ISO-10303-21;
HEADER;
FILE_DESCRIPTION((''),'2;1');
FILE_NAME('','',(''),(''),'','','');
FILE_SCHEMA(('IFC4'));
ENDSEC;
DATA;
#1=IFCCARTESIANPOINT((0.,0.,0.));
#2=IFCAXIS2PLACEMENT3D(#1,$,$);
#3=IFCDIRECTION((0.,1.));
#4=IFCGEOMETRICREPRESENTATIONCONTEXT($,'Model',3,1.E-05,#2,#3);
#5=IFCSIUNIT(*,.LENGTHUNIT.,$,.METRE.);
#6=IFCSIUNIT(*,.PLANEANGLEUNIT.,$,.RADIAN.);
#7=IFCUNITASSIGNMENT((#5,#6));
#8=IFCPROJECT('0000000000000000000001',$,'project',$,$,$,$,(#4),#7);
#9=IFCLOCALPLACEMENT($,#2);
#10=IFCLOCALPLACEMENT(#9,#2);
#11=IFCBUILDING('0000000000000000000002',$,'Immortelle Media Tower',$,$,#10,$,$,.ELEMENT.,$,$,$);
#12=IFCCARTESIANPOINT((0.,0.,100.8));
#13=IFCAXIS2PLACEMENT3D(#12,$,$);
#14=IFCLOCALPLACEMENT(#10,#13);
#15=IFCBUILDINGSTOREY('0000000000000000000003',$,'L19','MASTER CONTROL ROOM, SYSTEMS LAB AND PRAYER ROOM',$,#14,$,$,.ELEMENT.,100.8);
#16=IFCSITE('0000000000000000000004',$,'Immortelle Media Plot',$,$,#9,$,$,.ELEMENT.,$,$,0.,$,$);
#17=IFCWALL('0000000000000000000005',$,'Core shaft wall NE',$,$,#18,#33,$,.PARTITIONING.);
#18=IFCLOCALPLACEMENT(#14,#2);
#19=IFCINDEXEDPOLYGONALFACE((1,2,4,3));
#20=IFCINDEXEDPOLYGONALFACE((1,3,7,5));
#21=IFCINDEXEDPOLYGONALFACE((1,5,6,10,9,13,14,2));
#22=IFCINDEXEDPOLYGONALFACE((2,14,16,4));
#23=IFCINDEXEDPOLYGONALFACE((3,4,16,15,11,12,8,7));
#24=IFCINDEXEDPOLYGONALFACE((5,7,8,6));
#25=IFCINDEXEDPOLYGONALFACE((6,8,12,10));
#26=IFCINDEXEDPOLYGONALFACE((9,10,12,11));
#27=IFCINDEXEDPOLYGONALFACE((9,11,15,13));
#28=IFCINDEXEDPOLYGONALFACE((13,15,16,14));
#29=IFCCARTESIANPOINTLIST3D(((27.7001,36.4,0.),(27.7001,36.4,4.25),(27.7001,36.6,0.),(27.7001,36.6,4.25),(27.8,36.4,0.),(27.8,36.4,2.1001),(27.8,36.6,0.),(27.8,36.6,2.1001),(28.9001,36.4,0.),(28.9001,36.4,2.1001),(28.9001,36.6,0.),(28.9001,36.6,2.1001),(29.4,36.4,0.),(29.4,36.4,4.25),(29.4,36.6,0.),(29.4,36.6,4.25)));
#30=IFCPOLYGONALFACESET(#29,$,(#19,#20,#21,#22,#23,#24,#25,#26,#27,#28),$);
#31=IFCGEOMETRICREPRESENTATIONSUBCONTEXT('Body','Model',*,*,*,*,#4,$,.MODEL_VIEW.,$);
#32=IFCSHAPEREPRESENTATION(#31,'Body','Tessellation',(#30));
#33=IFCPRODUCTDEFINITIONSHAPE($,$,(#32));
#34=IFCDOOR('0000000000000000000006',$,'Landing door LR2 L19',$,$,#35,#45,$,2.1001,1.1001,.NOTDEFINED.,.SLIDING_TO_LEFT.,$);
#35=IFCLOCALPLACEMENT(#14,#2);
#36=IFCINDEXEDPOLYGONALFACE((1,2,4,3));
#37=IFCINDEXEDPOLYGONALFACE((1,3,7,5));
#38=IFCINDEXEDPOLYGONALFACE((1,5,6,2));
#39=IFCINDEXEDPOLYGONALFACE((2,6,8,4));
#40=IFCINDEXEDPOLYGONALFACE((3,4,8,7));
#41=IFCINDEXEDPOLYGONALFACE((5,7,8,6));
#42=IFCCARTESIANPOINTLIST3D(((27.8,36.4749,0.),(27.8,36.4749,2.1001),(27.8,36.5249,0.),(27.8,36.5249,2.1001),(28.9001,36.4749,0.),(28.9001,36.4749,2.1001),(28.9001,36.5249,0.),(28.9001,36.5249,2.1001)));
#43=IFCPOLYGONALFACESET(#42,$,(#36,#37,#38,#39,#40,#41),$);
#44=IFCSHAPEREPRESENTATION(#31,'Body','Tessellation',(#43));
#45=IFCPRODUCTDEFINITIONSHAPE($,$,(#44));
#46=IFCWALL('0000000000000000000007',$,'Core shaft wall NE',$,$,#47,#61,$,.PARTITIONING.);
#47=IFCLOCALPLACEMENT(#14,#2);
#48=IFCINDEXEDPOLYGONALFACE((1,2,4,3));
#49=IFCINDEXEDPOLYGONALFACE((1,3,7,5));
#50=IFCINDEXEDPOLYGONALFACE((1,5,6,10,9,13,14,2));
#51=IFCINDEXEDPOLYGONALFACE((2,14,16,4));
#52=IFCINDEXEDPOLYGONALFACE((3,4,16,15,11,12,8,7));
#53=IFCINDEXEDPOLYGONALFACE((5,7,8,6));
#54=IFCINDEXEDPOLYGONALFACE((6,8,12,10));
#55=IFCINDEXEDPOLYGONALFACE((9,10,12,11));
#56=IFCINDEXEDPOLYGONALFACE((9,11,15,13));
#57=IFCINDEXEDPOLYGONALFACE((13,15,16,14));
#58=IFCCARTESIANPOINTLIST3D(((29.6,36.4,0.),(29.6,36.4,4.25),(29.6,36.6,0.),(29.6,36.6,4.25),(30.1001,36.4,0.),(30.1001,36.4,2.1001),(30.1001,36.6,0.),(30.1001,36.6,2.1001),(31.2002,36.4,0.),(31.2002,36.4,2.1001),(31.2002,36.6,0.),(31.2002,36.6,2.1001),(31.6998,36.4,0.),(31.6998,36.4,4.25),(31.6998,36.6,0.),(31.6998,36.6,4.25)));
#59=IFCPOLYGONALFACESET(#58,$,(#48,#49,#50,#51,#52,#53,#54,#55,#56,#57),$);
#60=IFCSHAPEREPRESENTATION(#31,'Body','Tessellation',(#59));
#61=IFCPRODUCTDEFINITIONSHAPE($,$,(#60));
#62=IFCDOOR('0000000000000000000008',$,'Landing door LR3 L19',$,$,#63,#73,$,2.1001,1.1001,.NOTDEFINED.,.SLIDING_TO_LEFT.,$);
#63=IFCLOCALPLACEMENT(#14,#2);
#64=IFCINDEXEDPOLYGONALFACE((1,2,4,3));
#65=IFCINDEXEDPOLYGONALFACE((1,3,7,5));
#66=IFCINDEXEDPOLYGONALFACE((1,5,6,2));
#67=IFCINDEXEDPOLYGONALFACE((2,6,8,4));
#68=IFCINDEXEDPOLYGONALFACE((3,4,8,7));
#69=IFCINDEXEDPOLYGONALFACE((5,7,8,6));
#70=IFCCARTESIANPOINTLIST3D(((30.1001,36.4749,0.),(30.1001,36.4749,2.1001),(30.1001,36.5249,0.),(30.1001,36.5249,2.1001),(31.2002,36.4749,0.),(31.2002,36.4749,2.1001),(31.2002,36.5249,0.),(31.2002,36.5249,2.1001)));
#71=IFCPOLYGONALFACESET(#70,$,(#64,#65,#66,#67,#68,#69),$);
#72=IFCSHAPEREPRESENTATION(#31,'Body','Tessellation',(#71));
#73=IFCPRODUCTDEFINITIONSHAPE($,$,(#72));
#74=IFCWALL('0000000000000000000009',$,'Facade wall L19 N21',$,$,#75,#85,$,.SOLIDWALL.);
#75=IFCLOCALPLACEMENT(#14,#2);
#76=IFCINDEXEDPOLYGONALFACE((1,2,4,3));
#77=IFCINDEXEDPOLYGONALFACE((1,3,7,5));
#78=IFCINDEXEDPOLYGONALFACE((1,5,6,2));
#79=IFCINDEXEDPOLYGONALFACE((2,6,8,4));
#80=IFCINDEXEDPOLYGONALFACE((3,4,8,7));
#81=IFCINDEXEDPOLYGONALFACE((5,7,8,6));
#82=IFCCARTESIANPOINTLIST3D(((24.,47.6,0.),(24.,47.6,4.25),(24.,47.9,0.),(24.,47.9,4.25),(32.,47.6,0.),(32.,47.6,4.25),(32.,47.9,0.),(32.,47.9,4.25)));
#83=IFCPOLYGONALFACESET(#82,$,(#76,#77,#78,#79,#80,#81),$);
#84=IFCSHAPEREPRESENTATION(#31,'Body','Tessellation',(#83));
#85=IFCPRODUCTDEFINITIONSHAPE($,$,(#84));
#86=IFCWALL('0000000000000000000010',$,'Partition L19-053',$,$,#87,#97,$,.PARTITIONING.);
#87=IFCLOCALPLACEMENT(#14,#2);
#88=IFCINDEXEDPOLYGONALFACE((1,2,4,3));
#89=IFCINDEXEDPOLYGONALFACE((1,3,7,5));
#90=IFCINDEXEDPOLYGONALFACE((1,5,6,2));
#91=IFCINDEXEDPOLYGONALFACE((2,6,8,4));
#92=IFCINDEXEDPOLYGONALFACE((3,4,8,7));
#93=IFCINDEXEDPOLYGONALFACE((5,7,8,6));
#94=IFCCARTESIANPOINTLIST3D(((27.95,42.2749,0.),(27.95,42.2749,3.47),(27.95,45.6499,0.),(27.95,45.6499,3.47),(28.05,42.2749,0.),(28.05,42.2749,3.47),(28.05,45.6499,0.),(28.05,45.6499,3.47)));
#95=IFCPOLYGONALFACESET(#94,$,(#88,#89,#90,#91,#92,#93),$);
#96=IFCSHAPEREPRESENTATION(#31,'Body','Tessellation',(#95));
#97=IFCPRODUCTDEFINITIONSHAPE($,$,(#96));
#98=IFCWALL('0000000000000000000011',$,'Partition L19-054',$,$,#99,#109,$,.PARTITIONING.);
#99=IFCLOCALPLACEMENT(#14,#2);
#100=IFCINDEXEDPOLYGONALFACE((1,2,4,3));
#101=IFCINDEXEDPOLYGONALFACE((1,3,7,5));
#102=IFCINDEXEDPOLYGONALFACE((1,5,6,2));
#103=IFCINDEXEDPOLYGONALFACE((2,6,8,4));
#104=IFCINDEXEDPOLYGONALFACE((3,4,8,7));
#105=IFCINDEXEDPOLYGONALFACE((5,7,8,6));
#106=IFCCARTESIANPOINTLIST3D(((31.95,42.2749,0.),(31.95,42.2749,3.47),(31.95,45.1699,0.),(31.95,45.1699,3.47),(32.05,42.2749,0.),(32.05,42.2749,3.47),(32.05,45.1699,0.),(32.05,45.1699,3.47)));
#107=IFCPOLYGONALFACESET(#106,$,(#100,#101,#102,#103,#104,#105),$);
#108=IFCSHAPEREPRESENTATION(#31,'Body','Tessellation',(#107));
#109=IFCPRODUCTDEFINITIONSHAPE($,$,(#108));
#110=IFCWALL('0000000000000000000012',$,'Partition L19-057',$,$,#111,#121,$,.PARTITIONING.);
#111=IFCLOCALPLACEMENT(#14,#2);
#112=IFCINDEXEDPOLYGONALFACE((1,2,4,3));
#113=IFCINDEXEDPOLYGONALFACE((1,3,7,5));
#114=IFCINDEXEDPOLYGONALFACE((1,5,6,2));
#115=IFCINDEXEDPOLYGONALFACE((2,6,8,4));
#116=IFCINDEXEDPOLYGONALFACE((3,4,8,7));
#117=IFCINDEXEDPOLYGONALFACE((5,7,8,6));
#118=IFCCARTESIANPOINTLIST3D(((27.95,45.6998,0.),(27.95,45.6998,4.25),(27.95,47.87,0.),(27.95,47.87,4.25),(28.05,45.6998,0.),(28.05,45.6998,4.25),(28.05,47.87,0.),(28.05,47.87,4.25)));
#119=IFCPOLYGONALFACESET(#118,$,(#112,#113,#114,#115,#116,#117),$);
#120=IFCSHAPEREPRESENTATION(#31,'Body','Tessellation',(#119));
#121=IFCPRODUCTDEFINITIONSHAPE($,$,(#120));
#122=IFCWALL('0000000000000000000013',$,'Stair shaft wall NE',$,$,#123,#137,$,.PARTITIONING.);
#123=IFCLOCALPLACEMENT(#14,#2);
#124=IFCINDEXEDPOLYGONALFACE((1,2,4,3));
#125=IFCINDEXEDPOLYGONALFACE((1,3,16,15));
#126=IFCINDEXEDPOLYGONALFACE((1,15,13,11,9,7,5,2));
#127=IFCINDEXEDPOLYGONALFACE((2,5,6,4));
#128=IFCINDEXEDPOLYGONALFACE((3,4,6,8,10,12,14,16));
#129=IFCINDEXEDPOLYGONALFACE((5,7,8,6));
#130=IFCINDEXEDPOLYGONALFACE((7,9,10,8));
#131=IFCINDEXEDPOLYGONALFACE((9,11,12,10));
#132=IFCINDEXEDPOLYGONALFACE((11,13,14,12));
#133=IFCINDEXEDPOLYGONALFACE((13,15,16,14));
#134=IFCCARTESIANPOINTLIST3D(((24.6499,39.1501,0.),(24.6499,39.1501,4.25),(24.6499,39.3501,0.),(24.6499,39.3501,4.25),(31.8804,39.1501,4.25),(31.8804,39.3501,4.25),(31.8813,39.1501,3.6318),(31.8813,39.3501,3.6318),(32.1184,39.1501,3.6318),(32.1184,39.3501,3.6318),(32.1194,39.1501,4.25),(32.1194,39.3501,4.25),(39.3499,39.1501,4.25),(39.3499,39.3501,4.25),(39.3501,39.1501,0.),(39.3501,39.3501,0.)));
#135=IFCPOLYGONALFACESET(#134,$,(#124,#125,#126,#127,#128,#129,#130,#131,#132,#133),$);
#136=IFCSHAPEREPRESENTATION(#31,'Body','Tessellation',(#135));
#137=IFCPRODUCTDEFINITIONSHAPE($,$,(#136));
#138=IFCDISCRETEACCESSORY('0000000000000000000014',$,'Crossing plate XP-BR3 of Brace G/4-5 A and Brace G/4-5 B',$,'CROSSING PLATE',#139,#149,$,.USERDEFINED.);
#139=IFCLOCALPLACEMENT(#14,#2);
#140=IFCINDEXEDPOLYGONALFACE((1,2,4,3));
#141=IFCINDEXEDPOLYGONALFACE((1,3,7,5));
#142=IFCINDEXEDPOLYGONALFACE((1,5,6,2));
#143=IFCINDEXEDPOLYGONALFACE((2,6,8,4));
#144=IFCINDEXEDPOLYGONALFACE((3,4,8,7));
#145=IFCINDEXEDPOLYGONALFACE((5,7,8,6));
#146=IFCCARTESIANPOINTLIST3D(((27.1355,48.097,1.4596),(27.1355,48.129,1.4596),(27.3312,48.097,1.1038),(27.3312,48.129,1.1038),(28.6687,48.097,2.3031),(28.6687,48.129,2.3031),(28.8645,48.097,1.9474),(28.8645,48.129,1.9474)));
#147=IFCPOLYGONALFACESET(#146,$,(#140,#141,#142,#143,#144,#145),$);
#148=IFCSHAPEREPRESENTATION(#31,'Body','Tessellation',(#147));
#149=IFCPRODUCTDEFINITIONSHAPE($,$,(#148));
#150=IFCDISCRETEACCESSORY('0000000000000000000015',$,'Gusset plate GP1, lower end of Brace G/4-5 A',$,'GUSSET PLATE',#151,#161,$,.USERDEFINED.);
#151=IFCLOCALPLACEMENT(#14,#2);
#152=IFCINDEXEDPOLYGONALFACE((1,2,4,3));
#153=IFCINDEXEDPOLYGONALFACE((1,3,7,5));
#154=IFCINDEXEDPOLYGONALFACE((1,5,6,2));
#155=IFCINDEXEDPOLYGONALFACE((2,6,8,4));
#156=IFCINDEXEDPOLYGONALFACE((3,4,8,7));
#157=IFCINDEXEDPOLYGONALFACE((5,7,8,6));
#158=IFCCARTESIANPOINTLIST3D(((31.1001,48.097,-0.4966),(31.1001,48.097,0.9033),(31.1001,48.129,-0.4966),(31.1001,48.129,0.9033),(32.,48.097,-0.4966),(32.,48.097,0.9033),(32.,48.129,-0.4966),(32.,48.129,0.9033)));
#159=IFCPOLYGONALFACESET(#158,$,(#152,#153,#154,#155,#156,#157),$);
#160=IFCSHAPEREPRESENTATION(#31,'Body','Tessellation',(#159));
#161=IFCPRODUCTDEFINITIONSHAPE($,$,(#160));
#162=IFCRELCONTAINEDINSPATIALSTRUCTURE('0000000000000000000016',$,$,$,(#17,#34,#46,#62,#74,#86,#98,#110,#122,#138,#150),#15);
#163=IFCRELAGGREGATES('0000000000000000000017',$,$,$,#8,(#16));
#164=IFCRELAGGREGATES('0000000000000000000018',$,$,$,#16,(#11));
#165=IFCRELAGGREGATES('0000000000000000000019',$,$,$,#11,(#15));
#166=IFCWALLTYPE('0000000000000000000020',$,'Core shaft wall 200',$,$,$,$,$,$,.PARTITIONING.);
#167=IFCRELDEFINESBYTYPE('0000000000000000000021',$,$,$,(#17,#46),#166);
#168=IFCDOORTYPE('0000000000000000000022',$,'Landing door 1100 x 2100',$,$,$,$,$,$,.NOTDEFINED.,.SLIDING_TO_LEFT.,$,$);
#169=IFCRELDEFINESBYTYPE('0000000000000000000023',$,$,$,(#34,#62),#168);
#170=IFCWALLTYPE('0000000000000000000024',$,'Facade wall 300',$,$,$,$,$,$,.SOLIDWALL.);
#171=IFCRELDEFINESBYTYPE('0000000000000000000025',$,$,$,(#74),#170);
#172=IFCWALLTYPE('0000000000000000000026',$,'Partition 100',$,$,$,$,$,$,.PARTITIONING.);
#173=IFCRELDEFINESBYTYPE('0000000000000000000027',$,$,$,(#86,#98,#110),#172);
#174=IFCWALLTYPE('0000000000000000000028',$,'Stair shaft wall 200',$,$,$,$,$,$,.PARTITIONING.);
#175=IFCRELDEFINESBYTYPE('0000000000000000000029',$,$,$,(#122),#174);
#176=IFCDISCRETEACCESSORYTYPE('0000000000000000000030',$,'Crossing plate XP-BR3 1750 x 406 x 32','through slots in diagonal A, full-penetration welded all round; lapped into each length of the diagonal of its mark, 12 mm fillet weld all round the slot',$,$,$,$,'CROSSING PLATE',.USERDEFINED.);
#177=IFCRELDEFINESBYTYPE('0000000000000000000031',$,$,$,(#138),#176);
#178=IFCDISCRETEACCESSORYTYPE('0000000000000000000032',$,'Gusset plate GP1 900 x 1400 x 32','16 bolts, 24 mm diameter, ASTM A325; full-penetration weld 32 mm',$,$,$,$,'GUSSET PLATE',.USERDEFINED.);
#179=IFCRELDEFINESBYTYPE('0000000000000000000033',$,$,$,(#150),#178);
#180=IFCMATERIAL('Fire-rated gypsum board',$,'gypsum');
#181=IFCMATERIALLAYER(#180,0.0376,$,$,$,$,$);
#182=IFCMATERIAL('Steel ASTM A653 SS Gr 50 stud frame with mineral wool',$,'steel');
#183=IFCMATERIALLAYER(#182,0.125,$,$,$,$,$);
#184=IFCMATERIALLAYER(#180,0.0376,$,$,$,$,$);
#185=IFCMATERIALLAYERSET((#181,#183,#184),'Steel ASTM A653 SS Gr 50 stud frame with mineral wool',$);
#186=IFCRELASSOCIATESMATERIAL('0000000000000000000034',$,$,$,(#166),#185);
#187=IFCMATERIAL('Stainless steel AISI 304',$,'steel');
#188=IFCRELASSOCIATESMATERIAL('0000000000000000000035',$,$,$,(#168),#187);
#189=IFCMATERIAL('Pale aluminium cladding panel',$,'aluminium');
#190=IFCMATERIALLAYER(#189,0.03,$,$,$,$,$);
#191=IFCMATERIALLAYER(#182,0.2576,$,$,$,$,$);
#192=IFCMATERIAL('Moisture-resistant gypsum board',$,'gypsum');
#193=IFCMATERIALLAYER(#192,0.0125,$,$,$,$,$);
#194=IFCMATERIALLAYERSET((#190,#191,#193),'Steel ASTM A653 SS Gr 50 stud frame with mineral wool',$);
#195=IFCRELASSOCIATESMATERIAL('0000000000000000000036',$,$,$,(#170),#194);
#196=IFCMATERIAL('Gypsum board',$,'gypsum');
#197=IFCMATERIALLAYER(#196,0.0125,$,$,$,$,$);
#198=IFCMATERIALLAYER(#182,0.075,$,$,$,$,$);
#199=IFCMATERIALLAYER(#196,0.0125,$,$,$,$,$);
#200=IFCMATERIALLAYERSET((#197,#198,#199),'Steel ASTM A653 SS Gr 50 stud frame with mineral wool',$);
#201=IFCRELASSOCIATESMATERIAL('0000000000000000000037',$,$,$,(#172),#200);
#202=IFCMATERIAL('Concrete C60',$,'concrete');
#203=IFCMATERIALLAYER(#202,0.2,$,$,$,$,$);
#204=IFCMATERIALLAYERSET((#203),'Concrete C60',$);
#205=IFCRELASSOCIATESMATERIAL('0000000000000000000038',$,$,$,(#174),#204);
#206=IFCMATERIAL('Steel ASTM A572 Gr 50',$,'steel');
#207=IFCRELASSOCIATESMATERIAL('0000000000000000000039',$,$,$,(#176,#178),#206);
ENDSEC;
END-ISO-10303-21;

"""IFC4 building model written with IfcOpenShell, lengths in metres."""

from ifc_helpers import new_model, si_unit, direction, frame, frame_2d, origin, origin_2d, place, context, subcontext, project, spatial, polyline, rectangle, outline, extrude, material, layer, layer_set, material_profile, profile_set, type_object, element, fill, save


model = new_model("IFC4")

# Units and contexts
model_context = context("Model", 3, precision=1e-05, world=origin(), true_north=direction((0.0, 1.0)))
body_context = subcontext(model_context, "Body", "Model", "MODEL_VIEW")
ifc_project = project(units=[si_unit("LENGTHUNIT", "METRE"), si_unit("PLANEANGLEUNIT", "RADIAN")], contexts=[model_context])

# Site, building, storey
site_placement = place(None, origin())
site = spatial("IfcSite", under=ifc_project, at=site_placement, Name="Immortelle Media Plot", CompositionType="ELEMENT", RefElevation=0.0)
building_placement = place(site_placement, origin())
building = spatial("IfcBuilding", under=site, at=building_placement, Name="Immortelle Media Tower", CompositionType="ELEMENT")
storey_placement = place(building_placement, frame((0.0, 0.0, 100.8)))
storey = spatial("IfcBuildingStorey", under=building, at=storey_placement, Name="L19", Description="MASTER CONTROL ROOM, SYSTEMS LAB AND PRAYER ROOM", CompositionType="ELEMENT", Elevation=100.8)

# Shared definitions
ifc_material_1 = material(Name="Fire-rated gypsum board", Category="gypsum")
ifc_layer_1 = layer(ifc_material_1, 0.0376)
ifc_material_2 = material(Name="Steel ASTM A653 SS Gr 50 stud frame with mineral wool", Category="steel")
ifc_layer_2 = layer(ifc_material_2, 0.125)
ifc_layer_3 = layer(ifc_material_1, 0.0376)
ifc_layer_set_1 = layer_set([ifc_layer_1, ifc_layer_2, ifc_layer_3], Name="Steel ASTM A653 SS Gr 50 stud frame with mineral wool")
wall_type_1 = type_object("IfcWallType", Name="Core shaft wall 200", PredefinedType="PARTITIONING", material=ifc_layer_set_1)

# Walls, openings, doors
wall_1_placement = place(storey_placement, frame((27.7, 36.5, 0.0), z_axis=(0.0, 0.0, 1.0), x_axis=(1.0, 0.0, 0.0)))
wall_1 = element("IfcWall", 1, at=wall_1_placement, inside=storey, type_object=wall_type_1, Name="Core shaft wall NE", PredefinedType="PARTITIONING", context=body_context, shape_type="SweptSolid", body=[
    extrude(rectangle(XDim=1.7, YDim=0.2, at=frame_2d((0.8501, 0.0))), origin(), (0.0, 0.0, 1.0), 4.25),
])
opening_1_placement = place(wall_1_placement, frame((0.1001, 0.0, 0.0)))
opening_1 = element("IfcOpeningElement", 2, at=opening_1_placement, cuts=wall_1, PredefinedType="OPENING", context=body_context, shape_type="SweptSolid", body=[
    extrude(rectangle(XDim=1.1001, YDim=2.1001, at=frame_2d((0.55, 1.05))), frame((0.0, 0.1099, 0.0), z_axis=(0.0, -1.0, 0.0), x_axis=(1.0, 0.0, 0.0)), (0.0, 0.0, 1.0), 0.22),
])
ifc_material_3 = material(Name="Stainless steel AISI 304", Category="steel")
door_type = type_object("IfcDoorType", Name="Landing door 1100 x 2100", OperationType="SLIDING_TO_LEFT", PredefinedType="NOTDEFINED", material=ifc_material_3)
door_1_placement = place(opening_1_placement, origin())
door_1 = element("IfcDoor", 3, at=door_1_placement, inside=storey, type_object=door_type, Name="Landing door LR2 L19", OperationType="SLIDING_TO_LEFT", OverallHeight=2.1001, OverallWidth=1.1001, PredefinedType="NOTDEFINED", context=body_context, shape_type="SweptSolid", body=[
    extrude(rectangle(XDim=1.1001, YDim=2.1001, at=frame_2d((0.55, 1.05))), frame((0.0, 0.0249, 0.0), z_axis=(0.0, -1.0, 0.0), x_axis=(1.0, 0.0, 0.0)), (0.0, 0.0, 1.0), 0.05),
])
fill(opening_1, door_1)
wall_2_placement = place(storey_placement, frame((29.6001, 36.5, 0.0), z_axis=(0.0, 0.0, 1.0), x_axis=(1.0, 0.0, 0.0)))
wall_2 = element("IfcWall", 4, at=wall_2_placement, inside=storey, type_object=wall_type_1, Name="Core shaft wall NE", PredefinedType="PARTITIONING", context=body_context, shape_type="SweptSolid", body=[
    extrude(rectangle(XDim=2.0999, YDim=0.2, at=frame_2d((1.0498, 0.0))), origin(), (0.0, 0.0, 1.0), 4.25),
])
opening_2_placement = place(wall_2_placement, frame((0.5, 0.0, 0.0)))
opening_2 = element("IfcOpeningElement", 5, at=opening_2_placement, cuts=wall_2, PredefinedType="OPENING", context=body_context, shape_type="SweptSolid", body=[
    extrude(rectangle(XDim=1.1001, YDim=2.1001, at=frame_2d((0.55, 1.05))), frame((0.0, 0.1099, 0.0), z_axis=(0.0, -1.0, 0.0), x_axis=(1.0, 0.0, 0.0)), (0.0, 0.0, 1.0), 0.22),
])
door_2_placement = place(opening_2_placement, origin())
door_2 = element("IfcDoor", 6, at=door_2_placement, inside=storey, type_object=door_type, Name="Landing door LR3 L19", OperationType="SLIDING_TO_LEFT", OverallHeight=2.1001, OverallWidth=1.1001, PredefinedType="NOTDEFINED", context=body_context, shape_type="SweptSolid", body=[
    extrude(rectangle(XDim=1.1001, YDim=2.1001, at=frame_2d((0.55, 1.05))), frame((0.0, 0.0249, 0.0), z_axis=(0.0, -1.0, 0.0), x_axis=(1.0, 0.0, 0.0)), (0.0, 0.0, 1.0), 0.05),
])
fill(opening_2, door_2)

# Walls
ifc_material_4 = material(Name="Pale aluminium cladding panel", Category="aluminium")
ifc_layer_4 = layer(ifc_material_4, 0.03)
ifc_layer_5 = layer(ifc_material_2, 0.2576)
ifc_material_5 = material(Name="Moisture-resistant gypsum board", Category="gypsum")
ifc_layer_6 = layer(ifc_material_5, 0.0125)
ifc_layer_set_2 = layer_set([ifc_layer_4, ifc_layer_5, ifc_layer_6], Name="Steel ASTM A653 SS Gr 50 stud frame with mineral wool")
wall_type_2 = type_object("IfcWallType", Name="Facade wall 300", PredefinedType="SOLIDWALL", material=ifc_layer_set_2)
wall_3_placement = place(storey_placement, frame((32.0, 47.75, 0.0), z_axis=(0.0, 0.0, 1.0), x_axis=(-1.0, 0.0, 0.0)))
element("IfcWall", 7, at=wall_3_placement, inside=storey, type_object=wall_type_2, Name="Facade wall L19 N21", PredefinedType="SOLIDWALL", context=body_context, shape_type="SweptSolid", body=[
    extrude(rectangle(XDim=8.0, YDim=0.3, at=frame_2d((4.0, 0.0))), origin(), (0.0, 0.0, 1.0), 4.25),
])
ifc_material_6 = material(Name="Gypsum board", Category="gypsum")
ifc_layer_7 = layer(ifc_material_6, 0.0125)
ifc_layer_8 = layer(ifc_material_2, 0.075)
ifc_layer_9 = layer(ifc_material_6, 0.0125)
ifc_layer_set_3 = layer_set([ifc_layer_7, ifc_layer_8, ifc_layer_9], Name="Steel ASTM A653 SS Gr 50 stud frame with mineral wool")
wall_type_3 = type_object("IfcWallType", Name="Partition 100", PredefinedType="PARTITIONING", material=ifc_layer_set_3)
wall_4_placement = place(storey_placement, frame((28.0, 42.2749, 0.0), z_axis=(0.0, 0.0, 1.0), x_axis=(0.0, 1.0, 0.0)))
element("IfcWall", 8, at=wall_4_placement, inside=storey, type_object=wall_type_3, Name="Partition L19-053", PredefinedType="PARTITIONING", context=body_context, shape_type="SweptSolid", body=[
    extrude(rectangle(XDim=3.375, YDim=0.1001, at=frame_2d((1.6875, 0.0))), origin(), (0.0, 0.0, 1.0), 3.47),
])
wall_5_placement = place(storey_placement, frame((32.0, 42.2749, 0.0), z_axis=(0.0, 0.0, 1.0), x_axis=(0.0, 1.0, 0.0)))
element("IfcWall", 9, at=wall_5_placement, inside=storey, type_object=wall_type_3, Name="Partition L19-054", PredefinedType="PARTITIONING", context=body_context, shape_type="SweptSolid", body=[
    extrude(rectangle(XDim=2.895, YDim=0.1001, at=frame_2d((1.4475, 0.0))), origin(), (0.0, 0.0, 1.0), 3.47),
])
wall_6_placement = place(storey_placement, frame((28.0, 45.7, 0.0), z_axis=(0.0, 0.0, 1.0), x_axis=(0.0, 1.0, 0.0)))
element("IfcWall", 10, at=wall_6_placement, inside=storey, type_object=wall_type_3, Name="Partition L19-057", PredefinedType="PARTITIONING", context=body_context, shape_type="SweptSolid", body=[
    extrude(rectangle(XDim=2.1702, YDim=0.1001, at=frame_2d((1.085, 0.0))), origin(), (0.0, 0.0, 1.0), 4.25),
])
ifc_material_7 = material(Name="Concrete C60", Category="concrete")
ifc_layer_10 = layer(ifc_material_7, 0.2)
ifc_layer_set_4 = layer_set([ifc_layer_10], Name="Concrete C60")
wall_type_4 = type_object("IfcWallType", Name="Stair shaft wall 200", PredefinedType="PARTITIONING", material=ifc_layer_set_4)
wall_7_placement = place(storey_placement, frame((24.6499, 39.25, 0.0), z_axis=(0.0, 0.0, 1.0), x_axis=(1.0, 0.0, 0.0)))
element("IfcWall", 11, at=wall_7_placement, inside=storey, type_object=wall_type_4, Name="Stair shaft wall NE", PredefinedType="PARTITIONING", context=body_context, shape_type="SweptSolid", body=[
    extrude(outline(polyline([(0.0, 0.0), (14.7002, 0.0), (14.7, 4.25), (7.4695, 4.25), (7.4685, 3.6318), (7.2314, 3.6318), (7.2305, 4.25), (0.0, 4.25), (0.0, 0.0)])), frame((0.0, 0.1001, 0.0), z_axis=(0.0, -1.0, 0.0), x_axis=(1.0, 0.0, 0.0)), (0.0, 0.0, 1.0), 0.2),
])

# Discrete accessories
ifc_material_8 = material(Name="Steel ASTM A572 Gr 50", Category="steel")
ifc_material_profile_1 = material_profile(ifc_material_8, rectangle(XDim=0.032, YDim=0.406, at=origin_2d()), Name="PL 32 x 406")
ifc_profile_set_1 = profile_set([ifc_material_profile_1], Name="Steel ASTM A572 Gr 50")
discrete_accessory_type_1 = type_object("IfcDiscreteAccessoryType", Name="Crossing plate XP-BR3 1750 x 406 x 32", Description="through slots in diagonal A, full-penetration welded all round; lapped into each length of the diagonal of its mark, 12 mm fillet weld all round the slot", ElementType="CROSSING PLATE", PredefinedType="USERDEFINED", material=ifc_profile_set_1)
discrete_accessory_1_placement = place(storey_placement, frame((28.7666, 48.113, 2.1252), z_axis=(-0.876157, 0.0, -0.482026), x_axis=(0.0, -1.0, 0.0)))
element("IfcDiscreteAccessory", 12, at=discrete_accessory_1_placement, inside=storey, type_object=discrete_accessory_type_1, Name="Crossing plate XP-BR3 of Brace G/4-5 A and Brace G/4-5 B", ObjectType="CROSSING PLATE", PredefinedType="USERDEFINED", context=body_context, shape_type="SweptSolid", body=[
    extrude(rectangle(XDim=0.032, YDim=0.406, at=origin_2d()), origin(), (0.0, 0.0, 1.0), 1.75),
])
ifc_material_profile_2 = material_profile(ifc_material_8, rectangle(XDim=0.032, YDim=1.3999, at=origin_2d()), Name="PL 32 x 1400")
ifc_profile_set_2 = profile_set([ifc_material_profile_2], Name="Steel ASTM A572 Gr 50")
discrete_accessory_type_2 = type_object("IfcDiscreteAccessoryType", Name="Gusset plate GP1 900 x 1400 x 32", Description="16 bolts, 24 mm diameter, ASTM A325; full-penetration weld 32 mm", ElementType="GUSSET PLATE", PredefinedType="USERDEFINED", material=ifc_profile_set_2)
discrete_accessory_2_placement = place(storey_placement, frame((32.0, 48.113, 0.2034), z_axis=(-1.0, 0.0, 0.0), x_axis=(0.0, -1.0, 0.0)))
element("IfcDiscreteAccessory", 13, at=discrete_accessory_2_placement, inside=storey, type_object=discrete_accessory_type_2, Name="Gusset plate GP1, lower end of Brace G/4-5 A", ObjectType="GUSSET PLATE", PredefinedType="USERDEFINED", context=body_context, shape_type="SweptSolid", body=[
    extrude(rectangle(XDim=0.032, YDim=1.3999, at=origin_2d()), origin(), (0.0, 0.0, 1.0), 0.8999),
])

save(model, "model.ifc")
